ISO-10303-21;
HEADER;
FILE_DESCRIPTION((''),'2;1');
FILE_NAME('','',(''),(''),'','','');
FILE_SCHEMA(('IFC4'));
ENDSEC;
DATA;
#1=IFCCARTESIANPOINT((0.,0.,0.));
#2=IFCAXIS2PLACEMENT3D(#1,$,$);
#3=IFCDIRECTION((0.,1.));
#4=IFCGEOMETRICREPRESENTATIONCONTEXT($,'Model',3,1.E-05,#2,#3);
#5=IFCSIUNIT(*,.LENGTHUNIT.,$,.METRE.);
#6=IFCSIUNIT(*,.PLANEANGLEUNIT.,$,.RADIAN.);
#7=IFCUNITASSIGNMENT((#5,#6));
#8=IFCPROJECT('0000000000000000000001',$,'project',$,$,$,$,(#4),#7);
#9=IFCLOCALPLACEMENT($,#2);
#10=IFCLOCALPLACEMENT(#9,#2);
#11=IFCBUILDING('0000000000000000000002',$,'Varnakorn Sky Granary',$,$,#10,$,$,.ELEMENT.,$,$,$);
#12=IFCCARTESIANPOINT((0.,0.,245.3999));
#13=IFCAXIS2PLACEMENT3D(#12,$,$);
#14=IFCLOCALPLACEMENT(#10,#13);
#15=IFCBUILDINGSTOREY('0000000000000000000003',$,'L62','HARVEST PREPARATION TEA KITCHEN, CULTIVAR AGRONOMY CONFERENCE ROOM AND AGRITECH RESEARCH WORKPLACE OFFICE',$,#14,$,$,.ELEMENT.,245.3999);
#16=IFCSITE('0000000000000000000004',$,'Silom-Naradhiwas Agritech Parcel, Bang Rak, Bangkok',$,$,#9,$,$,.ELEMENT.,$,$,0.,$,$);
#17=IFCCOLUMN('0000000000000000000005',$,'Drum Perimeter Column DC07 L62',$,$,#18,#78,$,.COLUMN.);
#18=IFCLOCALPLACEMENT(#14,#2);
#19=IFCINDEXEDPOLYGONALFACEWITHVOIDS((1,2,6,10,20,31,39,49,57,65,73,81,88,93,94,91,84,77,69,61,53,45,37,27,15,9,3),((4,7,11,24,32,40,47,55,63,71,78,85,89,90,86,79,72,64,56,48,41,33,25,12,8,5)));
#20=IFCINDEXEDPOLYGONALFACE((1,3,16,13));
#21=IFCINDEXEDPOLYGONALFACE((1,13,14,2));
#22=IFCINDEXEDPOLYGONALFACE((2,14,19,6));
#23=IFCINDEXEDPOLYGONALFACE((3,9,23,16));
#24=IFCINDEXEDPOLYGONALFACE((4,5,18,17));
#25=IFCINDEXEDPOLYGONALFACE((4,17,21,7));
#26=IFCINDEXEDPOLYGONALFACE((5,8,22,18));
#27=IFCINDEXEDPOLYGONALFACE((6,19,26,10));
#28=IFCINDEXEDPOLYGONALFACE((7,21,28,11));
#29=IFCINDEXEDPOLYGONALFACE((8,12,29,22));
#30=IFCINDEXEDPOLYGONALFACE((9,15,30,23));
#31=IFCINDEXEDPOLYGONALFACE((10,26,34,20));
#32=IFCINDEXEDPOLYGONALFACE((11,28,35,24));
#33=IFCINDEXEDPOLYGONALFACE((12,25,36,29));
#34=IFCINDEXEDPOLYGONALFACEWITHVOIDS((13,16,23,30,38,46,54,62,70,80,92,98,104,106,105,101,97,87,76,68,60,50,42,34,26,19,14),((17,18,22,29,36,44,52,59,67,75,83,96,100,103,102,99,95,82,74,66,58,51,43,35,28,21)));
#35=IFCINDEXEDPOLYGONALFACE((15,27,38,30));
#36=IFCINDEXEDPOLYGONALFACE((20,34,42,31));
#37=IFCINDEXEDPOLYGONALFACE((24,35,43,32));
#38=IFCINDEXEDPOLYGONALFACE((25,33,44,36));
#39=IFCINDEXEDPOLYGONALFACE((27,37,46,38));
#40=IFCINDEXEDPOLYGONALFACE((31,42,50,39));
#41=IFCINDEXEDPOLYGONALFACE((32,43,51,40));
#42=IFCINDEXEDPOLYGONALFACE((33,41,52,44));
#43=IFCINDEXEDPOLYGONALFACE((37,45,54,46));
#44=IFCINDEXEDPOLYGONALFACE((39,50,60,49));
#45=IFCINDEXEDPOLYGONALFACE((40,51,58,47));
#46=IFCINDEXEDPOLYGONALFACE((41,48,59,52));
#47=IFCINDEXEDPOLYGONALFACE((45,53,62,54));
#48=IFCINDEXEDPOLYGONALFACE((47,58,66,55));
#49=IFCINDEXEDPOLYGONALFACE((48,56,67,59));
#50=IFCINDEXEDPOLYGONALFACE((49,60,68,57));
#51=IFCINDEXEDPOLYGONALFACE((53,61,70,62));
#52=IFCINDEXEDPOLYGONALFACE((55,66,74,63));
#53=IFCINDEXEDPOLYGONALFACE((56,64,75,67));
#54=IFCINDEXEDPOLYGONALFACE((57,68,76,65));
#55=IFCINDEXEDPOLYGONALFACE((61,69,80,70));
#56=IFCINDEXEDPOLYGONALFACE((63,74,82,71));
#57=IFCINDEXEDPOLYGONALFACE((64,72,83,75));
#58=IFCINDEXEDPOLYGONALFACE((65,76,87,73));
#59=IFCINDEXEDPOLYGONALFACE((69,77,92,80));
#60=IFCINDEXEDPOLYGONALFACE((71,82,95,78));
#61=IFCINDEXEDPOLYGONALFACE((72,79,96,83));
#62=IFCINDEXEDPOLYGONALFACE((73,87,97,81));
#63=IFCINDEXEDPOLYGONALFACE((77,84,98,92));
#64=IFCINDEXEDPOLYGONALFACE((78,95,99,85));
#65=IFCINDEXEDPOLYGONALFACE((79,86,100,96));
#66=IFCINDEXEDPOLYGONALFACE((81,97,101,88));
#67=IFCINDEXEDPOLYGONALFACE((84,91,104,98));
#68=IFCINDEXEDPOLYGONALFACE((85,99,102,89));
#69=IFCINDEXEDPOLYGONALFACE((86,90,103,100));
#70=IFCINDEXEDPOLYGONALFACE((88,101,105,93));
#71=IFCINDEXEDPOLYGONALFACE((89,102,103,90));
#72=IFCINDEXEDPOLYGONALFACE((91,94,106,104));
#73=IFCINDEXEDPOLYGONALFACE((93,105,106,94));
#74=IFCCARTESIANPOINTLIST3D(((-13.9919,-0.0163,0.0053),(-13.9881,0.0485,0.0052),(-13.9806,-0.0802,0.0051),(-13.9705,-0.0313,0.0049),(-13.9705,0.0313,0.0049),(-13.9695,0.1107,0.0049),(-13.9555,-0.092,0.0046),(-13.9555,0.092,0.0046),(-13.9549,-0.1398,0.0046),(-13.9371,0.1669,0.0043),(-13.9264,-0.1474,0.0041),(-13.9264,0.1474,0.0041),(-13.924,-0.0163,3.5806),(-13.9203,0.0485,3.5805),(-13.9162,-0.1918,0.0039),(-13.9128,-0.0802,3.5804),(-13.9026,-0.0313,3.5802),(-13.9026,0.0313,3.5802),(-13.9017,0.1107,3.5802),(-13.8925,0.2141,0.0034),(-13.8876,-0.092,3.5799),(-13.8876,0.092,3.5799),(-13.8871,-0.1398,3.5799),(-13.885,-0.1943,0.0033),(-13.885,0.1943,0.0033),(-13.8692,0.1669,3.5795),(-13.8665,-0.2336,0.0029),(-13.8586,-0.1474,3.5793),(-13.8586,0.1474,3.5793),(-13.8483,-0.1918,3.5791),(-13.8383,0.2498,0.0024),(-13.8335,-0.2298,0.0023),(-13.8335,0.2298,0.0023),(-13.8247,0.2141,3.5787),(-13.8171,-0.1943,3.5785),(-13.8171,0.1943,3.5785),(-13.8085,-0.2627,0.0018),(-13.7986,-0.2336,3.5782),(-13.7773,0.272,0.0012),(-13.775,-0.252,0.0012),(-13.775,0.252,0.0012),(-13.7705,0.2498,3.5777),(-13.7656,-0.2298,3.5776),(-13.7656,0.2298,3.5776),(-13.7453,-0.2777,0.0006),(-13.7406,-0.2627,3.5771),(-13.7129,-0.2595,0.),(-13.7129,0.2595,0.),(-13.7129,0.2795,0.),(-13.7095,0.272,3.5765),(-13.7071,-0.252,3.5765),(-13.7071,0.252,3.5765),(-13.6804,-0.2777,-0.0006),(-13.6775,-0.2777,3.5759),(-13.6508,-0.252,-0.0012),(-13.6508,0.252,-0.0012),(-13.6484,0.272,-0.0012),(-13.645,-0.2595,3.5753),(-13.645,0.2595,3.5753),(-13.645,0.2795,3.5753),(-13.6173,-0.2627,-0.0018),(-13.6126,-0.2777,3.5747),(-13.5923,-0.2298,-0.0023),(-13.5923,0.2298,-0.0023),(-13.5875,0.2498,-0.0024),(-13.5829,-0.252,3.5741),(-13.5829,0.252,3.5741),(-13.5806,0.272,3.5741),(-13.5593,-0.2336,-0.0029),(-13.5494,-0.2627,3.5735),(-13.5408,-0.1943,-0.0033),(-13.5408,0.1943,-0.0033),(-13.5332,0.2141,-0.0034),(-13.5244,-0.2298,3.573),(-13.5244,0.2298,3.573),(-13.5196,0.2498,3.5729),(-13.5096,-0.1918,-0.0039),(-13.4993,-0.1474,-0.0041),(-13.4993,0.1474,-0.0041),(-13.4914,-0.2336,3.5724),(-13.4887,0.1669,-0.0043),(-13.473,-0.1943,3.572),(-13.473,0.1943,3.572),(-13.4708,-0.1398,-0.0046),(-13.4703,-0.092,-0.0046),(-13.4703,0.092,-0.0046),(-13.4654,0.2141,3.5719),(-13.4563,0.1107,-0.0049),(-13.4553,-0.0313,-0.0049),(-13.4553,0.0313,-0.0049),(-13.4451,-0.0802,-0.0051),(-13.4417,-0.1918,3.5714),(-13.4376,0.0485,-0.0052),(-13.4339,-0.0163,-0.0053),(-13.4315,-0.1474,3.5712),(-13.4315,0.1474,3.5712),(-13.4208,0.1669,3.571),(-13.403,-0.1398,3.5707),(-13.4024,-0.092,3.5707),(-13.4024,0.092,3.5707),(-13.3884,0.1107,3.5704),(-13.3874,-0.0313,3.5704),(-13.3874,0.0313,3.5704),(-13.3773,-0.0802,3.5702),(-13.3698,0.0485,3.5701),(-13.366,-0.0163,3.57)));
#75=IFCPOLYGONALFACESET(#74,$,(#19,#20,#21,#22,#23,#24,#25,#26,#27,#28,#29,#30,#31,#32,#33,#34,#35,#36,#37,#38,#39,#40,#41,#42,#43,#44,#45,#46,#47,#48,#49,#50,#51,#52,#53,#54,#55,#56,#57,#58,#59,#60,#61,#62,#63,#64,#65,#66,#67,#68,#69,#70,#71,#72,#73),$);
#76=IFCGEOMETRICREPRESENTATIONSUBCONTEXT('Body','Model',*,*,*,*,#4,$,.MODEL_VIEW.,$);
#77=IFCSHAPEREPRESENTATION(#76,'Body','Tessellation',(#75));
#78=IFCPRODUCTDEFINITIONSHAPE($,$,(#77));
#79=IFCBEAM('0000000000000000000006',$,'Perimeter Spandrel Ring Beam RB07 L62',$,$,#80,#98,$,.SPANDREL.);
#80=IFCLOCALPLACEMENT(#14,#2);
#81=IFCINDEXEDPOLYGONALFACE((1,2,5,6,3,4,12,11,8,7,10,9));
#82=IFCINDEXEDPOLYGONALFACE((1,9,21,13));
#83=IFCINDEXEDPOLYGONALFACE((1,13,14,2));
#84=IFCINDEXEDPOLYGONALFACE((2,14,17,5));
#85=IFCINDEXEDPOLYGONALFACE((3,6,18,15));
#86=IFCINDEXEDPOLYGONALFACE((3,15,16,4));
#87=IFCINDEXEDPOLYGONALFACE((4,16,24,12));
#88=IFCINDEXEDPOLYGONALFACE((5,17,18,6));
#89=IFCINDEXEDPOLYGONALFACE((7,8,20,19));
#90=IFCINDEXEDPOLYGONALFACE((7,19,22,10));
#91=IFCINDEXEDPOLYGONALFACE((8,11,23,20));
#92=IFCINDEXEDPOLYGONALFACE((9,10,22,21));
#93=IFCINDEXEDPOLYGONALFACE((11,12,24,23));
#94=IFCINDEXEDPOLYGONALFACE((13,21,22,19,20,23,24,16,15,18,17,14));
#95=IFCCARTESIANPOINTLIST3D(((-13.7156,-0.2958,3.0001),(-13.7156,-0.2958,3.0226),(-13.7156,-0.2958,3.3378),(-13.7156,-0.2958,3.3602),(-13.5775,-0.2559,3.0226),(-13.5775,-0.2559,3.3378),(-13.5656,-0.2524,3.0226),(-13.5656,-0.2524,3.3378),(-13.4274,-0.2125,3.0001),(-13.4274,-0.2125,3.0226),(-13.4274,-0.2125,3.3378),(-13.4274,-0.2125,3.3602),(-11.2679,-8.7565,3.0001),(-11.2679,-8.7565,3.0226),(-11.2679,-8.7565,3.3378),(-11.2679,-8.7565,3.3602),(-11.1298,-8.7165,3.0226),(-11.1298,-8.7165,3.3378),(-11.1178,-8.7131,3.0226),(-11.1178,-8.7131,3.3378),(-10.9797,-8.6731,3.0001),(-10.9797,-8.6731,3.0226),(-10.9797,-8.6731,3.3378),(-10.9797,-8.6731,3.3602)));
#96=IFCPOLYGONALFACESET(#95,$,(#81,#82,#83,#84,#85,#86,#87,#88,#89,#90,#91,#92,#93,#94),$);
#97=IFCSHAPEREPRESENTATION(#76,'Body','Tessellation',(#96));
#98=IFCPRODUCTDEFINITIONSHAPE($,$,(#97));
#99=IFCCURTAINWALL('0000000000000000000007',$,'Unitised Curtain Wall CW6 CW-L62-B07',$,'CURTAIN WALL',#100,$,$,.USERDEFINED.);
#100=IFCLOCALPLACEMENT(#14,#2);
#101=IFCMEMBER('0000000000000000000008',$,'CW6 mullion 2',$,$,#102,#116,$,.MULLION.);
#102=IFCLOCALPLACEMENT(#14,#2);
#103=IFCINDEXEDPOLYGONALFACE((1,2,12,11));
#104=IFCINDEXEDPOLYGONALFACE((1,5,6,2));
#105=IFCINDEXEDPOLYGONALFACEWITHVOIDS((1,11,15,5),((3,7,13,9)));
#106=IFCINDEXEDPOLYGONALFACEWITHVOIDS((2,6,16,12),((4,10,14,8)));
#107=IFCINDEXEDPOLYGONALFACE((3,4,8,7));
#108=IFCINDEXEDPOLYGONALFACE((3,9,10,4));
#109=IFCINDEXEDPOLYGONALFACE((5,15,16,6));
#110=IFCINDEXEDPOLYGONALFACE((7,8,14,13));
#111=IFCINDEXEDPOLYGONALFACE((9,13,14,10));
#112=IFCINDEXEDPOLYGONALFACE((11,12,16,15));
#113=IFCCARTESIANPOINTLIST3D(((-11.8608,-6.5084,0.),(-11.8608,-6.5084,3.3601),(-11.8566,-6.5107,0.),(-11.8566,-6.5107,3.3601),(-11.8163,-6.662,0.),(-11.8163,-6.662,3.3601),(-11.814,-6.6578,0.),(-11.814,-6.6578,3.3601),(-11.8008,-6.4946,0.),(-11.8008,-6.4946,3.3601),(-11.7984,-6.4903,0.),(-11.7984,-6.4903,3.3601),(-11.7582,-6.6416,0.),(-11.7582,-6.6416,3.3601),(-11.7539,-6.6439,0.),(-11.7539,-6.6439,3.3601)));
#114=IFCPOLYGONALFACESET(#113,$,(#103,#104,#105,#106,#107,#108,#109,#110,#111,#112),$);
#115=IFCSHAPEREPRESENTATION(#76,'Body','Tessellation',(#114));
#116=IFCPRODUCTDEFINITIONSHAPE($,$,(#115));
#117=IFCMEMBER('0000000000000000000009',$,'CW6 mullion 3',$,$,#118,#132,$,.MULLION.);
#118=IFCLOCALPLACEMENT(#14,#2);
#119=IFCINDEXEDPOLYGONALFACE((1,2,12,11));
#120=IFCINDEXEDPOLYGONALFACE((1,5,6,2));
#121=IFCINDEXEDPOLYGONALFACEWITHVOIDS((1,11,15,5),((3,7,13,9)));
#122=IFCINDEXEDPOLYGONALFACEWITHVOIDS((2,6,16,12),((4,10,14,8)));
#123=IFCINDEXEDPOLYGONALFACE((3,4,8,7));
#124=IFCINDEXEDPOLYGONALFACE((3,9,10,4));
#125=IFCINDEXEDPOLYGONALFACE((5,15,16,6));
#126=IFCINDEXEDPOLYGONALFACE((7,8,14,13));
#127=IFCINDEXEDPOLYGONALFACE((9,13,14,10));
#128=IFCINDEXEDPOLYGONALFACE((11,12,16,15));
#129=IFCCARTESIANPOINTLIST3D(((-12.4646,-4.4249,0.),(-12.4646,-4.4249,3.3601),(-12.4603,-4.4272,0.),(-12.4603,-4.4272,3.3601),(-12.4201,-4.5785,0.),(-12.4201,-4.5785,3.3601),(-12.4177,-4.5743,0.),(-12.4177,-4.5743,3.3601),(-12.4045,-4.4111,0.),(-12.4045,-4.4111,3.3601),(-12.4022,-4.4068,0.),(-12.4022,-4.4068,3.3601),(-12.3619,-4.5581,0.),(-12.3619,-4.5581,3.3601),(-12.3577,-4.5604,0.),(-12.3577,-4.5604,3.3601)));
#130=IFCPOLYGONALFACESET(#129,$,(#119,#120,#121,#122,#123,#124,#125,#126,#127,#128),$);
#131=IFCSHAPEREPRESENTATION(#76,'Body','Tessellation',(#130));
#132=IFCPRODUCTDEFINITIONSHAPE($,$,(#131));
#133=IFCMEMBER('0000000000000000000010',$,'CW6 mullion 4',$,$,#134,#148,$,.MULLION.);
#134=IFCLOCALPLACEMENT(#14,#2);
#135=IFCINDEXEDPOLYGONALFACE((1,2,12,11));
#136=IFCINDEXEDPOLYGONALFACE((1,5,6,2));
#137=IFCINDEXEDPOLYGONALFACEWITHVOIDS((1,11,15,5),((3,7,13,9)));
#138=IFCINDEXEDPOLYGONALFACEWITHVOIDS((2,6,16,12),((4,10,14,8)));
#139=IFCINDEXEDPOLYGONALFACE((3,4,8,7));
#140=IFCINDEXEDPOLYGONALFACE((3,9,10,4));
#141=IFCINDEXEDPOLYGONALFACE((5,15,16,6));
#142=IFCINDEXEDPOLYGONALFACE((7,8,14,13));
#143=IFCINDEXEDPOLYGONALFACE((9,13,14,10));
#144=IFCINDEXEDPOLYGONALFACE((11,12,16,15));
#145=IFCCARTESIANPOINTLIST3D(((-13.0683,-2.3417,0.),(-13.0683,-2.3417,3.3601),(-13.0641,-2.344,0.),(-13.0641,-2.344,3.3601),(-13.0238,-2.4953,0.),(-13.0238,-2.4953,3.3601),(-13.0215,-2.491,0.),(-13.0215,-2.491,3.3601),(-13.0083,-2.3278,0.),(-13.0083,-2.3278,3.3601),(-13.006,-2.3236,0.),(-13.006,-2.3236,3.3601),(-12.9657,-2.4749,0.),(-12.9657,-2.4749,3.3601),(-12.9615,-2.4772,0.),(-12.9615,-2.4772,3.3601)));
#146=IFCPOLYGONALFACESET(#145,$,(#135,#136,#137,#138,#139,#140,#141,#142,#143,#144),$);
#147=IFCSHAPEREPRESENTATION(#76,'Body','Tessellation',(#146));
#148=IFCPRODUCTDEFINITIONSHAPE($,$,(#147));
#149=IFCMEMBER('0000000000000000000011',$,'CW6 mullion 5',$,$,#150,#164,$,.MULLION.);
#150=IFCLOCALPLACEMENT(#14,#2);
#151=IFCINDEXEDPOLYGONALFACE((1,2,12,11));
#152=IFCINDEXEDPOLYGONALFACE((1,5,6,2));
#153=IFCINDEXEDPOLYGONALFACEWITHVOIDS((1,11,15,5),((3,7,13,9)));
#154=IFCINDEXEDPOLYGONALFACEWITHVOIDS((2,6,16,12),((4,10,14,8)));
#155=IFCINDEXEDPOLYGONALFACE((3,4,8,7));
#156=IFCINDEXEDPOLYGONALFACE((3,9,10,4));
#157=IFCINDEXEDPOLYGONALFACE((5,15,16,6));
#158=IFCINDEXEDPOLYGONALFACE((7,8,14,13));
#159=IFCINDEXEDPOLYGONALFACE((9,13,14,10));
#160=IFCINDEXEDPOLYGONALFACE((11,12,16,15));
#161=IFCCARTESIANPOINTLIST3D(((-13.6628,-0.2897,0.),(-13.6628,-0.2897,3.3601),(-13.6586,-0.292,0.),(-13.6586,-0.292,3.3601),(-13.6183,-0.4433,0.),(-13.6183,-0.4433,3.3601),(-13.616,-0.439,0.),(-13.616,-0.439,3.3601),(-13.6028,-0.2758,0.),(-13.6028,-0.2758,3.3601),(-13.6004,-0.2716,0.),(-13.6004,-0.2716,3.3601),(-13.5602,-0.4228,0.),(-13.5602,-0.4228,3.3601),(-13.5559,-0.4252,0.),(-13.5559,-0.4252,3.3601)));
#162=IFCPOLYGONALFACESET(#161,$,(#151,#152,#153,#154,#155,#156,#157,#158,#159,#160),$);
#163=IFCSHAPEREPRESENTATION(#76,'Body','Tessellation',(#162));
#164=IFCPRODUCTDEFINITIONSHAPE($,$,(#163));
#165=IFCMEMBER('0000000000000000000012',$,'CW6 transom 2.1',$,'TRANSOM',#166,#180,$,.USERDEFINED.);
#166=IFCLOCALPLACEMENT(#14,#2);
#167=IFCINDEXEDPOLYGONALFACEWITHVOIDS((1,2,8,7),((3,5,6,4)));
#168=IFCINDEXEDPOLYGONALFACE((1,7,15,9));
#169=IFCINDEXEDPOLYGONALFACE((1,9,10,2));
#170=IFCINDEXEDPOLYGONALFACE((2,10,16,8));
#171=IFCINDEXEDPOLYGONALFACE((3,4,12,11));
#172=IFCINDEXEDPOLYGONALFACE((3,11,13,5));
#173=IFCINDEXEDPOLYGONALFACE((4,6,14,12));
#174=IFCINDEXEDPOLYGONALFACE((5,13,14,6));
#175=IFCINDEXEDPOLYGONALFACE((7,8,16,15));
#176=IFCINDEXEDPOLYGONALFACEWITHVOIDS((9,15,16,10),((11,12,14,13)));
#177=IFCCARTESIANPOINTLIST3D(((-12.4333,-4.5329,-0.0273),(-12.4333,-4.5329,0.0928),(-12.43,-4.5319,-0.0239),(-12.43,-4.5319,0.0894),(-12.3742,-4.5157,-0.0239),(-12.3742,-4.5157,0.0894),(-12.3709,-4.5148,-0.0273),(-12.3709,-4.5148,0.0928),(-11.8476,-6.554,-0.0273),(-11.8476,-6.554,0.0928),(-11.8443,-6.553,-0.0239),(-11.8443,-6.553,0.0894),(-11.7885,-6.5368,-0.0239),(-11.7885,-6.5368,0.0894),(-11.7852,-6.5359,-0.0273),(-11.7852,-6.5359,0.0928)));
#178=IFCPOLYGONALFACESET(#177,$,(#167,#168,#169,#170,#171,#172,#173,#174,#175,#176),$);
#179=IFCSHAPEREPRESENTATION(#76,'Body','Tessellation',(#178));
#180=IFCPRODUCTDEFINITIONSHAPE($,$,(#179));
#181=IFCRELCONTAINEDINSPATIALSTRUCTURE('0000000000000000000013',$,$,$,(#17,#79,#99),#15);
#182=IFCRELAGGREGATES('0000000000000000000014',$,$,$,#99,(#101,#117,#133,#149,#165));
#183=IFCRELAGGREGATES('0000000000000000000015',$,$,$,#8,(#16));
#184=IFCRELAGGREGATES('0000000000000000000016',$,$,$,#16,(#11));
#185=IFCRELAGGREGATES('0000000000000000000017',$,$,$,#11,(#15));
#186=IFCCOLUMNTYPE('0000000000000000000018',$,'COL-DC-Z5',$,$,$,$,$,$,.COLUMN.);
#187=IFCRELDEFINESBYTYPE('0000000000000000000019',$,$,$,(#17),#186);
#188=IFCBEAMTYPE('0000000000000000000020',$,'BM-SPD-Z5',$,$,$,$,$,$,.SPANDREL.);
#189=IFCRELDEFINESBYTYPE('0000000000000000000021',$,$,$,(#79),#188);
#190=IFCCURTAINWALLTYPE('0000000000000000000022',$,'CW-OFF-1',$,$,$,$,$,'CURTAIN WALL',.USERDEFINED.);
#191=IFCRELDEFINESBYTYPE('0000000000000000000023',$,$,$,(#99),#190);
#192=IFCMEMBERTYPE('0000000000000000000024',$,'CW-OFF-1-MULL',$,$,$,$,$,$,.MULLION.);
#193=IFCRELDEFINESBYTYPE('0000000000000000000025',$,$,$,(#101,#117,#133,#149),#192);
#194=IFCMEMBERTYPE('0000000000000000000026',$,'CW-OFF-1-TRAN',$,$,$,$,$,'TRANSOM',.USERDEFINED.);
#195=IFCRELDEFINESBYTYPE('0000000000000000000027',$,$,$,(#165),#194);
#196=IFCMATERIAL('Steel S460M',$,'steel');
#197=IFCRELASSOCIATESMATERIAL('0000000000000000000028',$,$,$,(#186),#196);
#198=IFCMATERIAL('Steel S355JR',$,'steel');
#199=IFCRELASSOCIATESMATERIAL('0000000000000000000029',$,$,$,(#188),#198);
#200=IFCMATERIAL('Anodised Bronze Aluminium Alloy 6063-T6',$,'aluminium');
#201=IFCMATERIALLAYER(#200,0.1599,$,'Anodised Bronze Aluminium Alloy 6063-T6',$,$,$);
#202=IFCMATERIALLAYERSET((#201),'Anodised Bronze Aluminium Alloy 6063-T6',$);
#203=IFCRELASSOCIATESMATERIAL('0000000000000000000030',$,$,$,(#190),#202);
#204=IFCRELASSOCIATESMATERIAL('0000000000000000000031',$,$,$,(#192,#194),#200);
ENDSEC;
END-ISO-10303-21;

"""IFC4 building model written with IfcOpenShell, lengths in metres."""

from ifc_helpers import new_model, si_unit, direction, frame, origin, origin_2d, place, context, subcontext, project, spatial, hollow_rectangle, hollow_circle, i_section, extrude, material, layer, layer_set, material_profile, profile_set, type_object, element, aggregate, save


model = new_model("IFC4")

# Units and contexts
model_context = context("Model", 3, precision=1e-05, world=origin(), true_north=direction((0.0, 1.0)))
body_context = subcontext(model_context, "Body", "Model", "MODEL_VIEW")
ifc_project = project(units=[si_unit("LENGTHUNIT", "METRE"), si_unit("PLANEANGLEUNIT", "RADIAN")], contexts=[model_context])

# Site, building, storey
site_placement = place(None, origin())
site = spatial("IfcSite", under=ifc_project, at=site_placement, Name="Silom-Naradhiwas Agritech Parcel, Bang Rak, Bangkok", CompositionType="ELEMENT", RefElevation=0.0)
building_placement = place(site_placement, origin())
building = spatial("IfcBuilding", under=site, at=building_placement, Name="Varnakorn Sky Granary", CompositionType="ELEMENT")
storey_placement = place(building_placement, frame((0.0, 0.0, 245.3999)))
storey = spatial("IfcBuildingStorey", under=building, at=storey_placement, Name="L62", Description="HARVEST PREPARATION TEA KITCHEN, CULTIVAR AGRONOMY CONFERENCE ROOM AND AGRITECH RESEARCH WORKPLACE OFFICE", CompositionType="ELEMENT", Elevation=245.3999)

# Column
ifc_material_1 = material(Name="Steel S460M", Category="steel")
ifc_material_profile_1 = material_profile(ifc_material_1, hollow_circle(Radius=0.2795, WallThickness=0.02, at=origin_2d()), Name="CHS 559x20")
ifc_profile_set_1 = profile_set([ifc_material_profile_1], Name="Steel S460M")
column_type = type_object("IfcColumnType", Name="COL-DC-Z5", PredefinedType="COLUMN", material=ifc_profile_set_1)
column_placement = place(storey_placement, frame((-13.7129, 0.0, 0.0), z_axis=(0.01898, 0.0, 0.99982), x_axis=(0.0, 1.0, 0.0)))
element("IfcColumn", 1, at=column_placement, inside=storey, type_object=column_type, Name="Drum Perimeter Column DC07 L62", PredefinedType="COLUMN", context=body_context, shape_type="SweptSolid", body=[
    extrude(hollow_circle(Radius=0.2795, WallThickness=0.02, at=origin_2d()), origin(), (0.0, 0.0, 1.0), 3.5759),
])

# Beam
ifc_material_2 = material(Name="Steel S355JR", Category="steel")
ifc_material_profile_2 = material_profile(ifc_material_2, i_section(OverallWidth=0.3, OverallDepth=0.3601, WebThickness=0.0125, FlangeThickness=0.0225, at=origin_2d()), Name="HE 360 B")
ifc_profile_set_2 = profile_set([ifc_material_profile_2], Name="Steel S355JR")
beam_type = type_object("IfcBeamType", Name="BM-SPD-Z5", PredefinedType="SPANDREL", material=ifc_profile_set_2)
beam_placement = place(storey_placement, frame((-13.5715, -0.2542, 3.1802), z_axis=(0.277912, -0.960607, 0.0), x_axis=(0.960607, 0.277912, 0.0)))
element("IfcBeam", 2, at=beam_placement, inside=storey, type_object=beam_type, Name="Perimeter Spandrel Ring Beam RB07 L62", PredefinedType="SPANDREL", context=body_context, shape_type="SweptSolid", body=[
    extrude(i_section(OverallWidth=0.3, OverallDepth=0.3601, WebThickness=0.0125, FlangeThickness=0.0225, at=origin_2d()), origin(), (0.0, 0.0, 1.0), 8.8076),
])

# Curtain wall, members
ifc_material_3 = material(Name="Anodised Bronze Aluminium Alloy 6063-T6", Category="aluminium")
ifc_layer_1 = layer(ifc_material_3, 0.1599, Name="Anodised Bronze Aluminium Alloy 6063-T6")
ifc_layer_set_1 = layer_set([ifc_layer_1], Name="Anodised Bronze Aluminium Alloy 6063-T6")
curtain_wall_type = type_object("IfcCurtainWallType", Name="CW-OFF-1", ElementType="CURTAIN WALL", PredefinedType="USERDEFINED", material=ifc_layer_set_1)
curtain_wall_placement = place(storey_placement, origin())
curtain_wall = element("IfcCurtainWall", 3, at=curtain_wall_placement, inside=storey, type_object=curtain_wall_type, Name="Unitised Curtain Wall CW6 CW-L62-B07", ObjectType="CURTAIN WALL", PredefinedType="USERDEFINED")
ifc_material_profile_3 = material_profile(ifc_material_3, hollow_rectangle(XDim=0.0649, YDim=0.1599, WallThickness=0.0034, at=origin_2d()), Name="ALU MULL 65x160")
ifc_profile_set_3 = profile_set([ifc_material_profile_3], Name="Anodised Bronze Aluminium Alloy 6063-T6")
member_type_1 = type_object("IfcMemberType", Name="CW-OFF-1-MULL", PredefinedType="MULLION", material=ifc_profile_set_3)
member_1_placement = place(storey_placement, frame((-11.8074, -6.5762, 0.0), z_axis=(0.0, 0.0, 1.0), x_axis=(-0.960483, -0.278338, 0.0)))
member_1 = element("IfcMember", 4, at=member_1_placement, type_object=member_type_1, Name="CW6 mullion 2", PredefinedType="MULLION", context=body_context, shape_type="SweptSolid", body=[
    extrude(hollow_rectangle(XDim=0.0649, YDim=0.1599, WallThickness=0.0034, at=origin_2d()), origin(), (0.0, 0.0, 1.0), 3.3601),
])
member_2_placement = place(storey_placement, frame((-12.4111, -4.4927, 0.0), z_axis=(0.0, 0.0, 1.0), x_axis=(-0.960483, -0.278338, 0.0)))
member_2 = element("IfcMember", 5, at=member_2_placement, type_object=member_type_1, Name="CW6 mullion 3", PredefinedType="MULLION", context=body_context, shape_type="SweptSolid", body=[
    extrude(hollow_rectangle(XDim=0.0649, YDim=0.1599, WallThickness=0.0034, at=origin_2d()), origin(), (0.0, 0.0, 1.0), 3.3601),
])
member_3_placement = place(storey_placement, frame((-13.0149, -2.4094, 0.0), z_axis=(0.0, 0.0, 1.0), x_axis=(-0.960483, -0.278338, 0.0)))
member_3 = element("IfcMember", 6, at=member_3_placement, type_object=member_type_1, Name="CW6 mullion 4", PredefinedType="MULLION", context=body_context, shape_type="SweptSolid", body=[
    extrude(hollow_rectangle(XDim=0.0649, YDim=0.1599, WallThickness=0.0034, at=origin_2d()), origin(), (0.0, 0.0, 1.0), 3.3601),
])
member_4_placement = place(storey_placement, frame((-13.6094, -0.3574, 0.0), z_axis=(0.0, 0.0, 1.0), x_axis=(-0.960483, -0.278338, 0.0)))
member_4 = element("IfcMember", 7, at=member_4_placement, type_object=member_type_1, Name="CW6 mullion 5", PredefinedType="MULLION", context=body_context, shape_type="SweptSolid", body=[
    extrude(hollow_rectangle(XDim=0.0649, YDim=0.1599, WallThickness=0.0034, at=origin_2d()), origin(), (0.0, 0.0, 1.0), 3.3601),
])
ifc_material_profile_4 = material_profile(ifc_material_3, hollow_rectangle(XDim=0.0649, YDim=0.1201, WallThickness=0.0034, at=origin_2d()), Name="ALU TRAN 65x120")
ifc_profile_set_4 = profile_set([ifc_material_profile_4], Name="Anodised Bronze Aluminium Alloy 6063-T6")
member_type_2 = type_object("IfcMemberType", Name="CW-OFF-1-TRAN", ElementType="TRANSOM", PredefinedType="USERDEFINED", material=ifc_profile_set_4)
member_5_placement = place(storey_placement, frame((-11.8164, -6.5449, 0.0327), z_axis=(-0.278351, 0.960479, 0.0), x_axis=(-0.960479, -0.278351, 0.0)))
member_5 = element("IfcMember", 8, at=member_5_placement, type_object=member_type_2, Name="CW6 transom 2.1", ObjectType="TRANSOM", PredefinedType="USERDEFINED", context=body_context, shape_type="SweptSolid", body=[
    extrude(hollow_rectangle(XDim=0.0649, YDim=0.1201, WallThickness=0.0034, at=origin_2d()), origin(), (0.0, 0.0, 1.0), 2.1042),
])

aggregate(curtain_wall, [member_1, member_2, member_3, member_4, member_5])

save(model, "model.ifc")
